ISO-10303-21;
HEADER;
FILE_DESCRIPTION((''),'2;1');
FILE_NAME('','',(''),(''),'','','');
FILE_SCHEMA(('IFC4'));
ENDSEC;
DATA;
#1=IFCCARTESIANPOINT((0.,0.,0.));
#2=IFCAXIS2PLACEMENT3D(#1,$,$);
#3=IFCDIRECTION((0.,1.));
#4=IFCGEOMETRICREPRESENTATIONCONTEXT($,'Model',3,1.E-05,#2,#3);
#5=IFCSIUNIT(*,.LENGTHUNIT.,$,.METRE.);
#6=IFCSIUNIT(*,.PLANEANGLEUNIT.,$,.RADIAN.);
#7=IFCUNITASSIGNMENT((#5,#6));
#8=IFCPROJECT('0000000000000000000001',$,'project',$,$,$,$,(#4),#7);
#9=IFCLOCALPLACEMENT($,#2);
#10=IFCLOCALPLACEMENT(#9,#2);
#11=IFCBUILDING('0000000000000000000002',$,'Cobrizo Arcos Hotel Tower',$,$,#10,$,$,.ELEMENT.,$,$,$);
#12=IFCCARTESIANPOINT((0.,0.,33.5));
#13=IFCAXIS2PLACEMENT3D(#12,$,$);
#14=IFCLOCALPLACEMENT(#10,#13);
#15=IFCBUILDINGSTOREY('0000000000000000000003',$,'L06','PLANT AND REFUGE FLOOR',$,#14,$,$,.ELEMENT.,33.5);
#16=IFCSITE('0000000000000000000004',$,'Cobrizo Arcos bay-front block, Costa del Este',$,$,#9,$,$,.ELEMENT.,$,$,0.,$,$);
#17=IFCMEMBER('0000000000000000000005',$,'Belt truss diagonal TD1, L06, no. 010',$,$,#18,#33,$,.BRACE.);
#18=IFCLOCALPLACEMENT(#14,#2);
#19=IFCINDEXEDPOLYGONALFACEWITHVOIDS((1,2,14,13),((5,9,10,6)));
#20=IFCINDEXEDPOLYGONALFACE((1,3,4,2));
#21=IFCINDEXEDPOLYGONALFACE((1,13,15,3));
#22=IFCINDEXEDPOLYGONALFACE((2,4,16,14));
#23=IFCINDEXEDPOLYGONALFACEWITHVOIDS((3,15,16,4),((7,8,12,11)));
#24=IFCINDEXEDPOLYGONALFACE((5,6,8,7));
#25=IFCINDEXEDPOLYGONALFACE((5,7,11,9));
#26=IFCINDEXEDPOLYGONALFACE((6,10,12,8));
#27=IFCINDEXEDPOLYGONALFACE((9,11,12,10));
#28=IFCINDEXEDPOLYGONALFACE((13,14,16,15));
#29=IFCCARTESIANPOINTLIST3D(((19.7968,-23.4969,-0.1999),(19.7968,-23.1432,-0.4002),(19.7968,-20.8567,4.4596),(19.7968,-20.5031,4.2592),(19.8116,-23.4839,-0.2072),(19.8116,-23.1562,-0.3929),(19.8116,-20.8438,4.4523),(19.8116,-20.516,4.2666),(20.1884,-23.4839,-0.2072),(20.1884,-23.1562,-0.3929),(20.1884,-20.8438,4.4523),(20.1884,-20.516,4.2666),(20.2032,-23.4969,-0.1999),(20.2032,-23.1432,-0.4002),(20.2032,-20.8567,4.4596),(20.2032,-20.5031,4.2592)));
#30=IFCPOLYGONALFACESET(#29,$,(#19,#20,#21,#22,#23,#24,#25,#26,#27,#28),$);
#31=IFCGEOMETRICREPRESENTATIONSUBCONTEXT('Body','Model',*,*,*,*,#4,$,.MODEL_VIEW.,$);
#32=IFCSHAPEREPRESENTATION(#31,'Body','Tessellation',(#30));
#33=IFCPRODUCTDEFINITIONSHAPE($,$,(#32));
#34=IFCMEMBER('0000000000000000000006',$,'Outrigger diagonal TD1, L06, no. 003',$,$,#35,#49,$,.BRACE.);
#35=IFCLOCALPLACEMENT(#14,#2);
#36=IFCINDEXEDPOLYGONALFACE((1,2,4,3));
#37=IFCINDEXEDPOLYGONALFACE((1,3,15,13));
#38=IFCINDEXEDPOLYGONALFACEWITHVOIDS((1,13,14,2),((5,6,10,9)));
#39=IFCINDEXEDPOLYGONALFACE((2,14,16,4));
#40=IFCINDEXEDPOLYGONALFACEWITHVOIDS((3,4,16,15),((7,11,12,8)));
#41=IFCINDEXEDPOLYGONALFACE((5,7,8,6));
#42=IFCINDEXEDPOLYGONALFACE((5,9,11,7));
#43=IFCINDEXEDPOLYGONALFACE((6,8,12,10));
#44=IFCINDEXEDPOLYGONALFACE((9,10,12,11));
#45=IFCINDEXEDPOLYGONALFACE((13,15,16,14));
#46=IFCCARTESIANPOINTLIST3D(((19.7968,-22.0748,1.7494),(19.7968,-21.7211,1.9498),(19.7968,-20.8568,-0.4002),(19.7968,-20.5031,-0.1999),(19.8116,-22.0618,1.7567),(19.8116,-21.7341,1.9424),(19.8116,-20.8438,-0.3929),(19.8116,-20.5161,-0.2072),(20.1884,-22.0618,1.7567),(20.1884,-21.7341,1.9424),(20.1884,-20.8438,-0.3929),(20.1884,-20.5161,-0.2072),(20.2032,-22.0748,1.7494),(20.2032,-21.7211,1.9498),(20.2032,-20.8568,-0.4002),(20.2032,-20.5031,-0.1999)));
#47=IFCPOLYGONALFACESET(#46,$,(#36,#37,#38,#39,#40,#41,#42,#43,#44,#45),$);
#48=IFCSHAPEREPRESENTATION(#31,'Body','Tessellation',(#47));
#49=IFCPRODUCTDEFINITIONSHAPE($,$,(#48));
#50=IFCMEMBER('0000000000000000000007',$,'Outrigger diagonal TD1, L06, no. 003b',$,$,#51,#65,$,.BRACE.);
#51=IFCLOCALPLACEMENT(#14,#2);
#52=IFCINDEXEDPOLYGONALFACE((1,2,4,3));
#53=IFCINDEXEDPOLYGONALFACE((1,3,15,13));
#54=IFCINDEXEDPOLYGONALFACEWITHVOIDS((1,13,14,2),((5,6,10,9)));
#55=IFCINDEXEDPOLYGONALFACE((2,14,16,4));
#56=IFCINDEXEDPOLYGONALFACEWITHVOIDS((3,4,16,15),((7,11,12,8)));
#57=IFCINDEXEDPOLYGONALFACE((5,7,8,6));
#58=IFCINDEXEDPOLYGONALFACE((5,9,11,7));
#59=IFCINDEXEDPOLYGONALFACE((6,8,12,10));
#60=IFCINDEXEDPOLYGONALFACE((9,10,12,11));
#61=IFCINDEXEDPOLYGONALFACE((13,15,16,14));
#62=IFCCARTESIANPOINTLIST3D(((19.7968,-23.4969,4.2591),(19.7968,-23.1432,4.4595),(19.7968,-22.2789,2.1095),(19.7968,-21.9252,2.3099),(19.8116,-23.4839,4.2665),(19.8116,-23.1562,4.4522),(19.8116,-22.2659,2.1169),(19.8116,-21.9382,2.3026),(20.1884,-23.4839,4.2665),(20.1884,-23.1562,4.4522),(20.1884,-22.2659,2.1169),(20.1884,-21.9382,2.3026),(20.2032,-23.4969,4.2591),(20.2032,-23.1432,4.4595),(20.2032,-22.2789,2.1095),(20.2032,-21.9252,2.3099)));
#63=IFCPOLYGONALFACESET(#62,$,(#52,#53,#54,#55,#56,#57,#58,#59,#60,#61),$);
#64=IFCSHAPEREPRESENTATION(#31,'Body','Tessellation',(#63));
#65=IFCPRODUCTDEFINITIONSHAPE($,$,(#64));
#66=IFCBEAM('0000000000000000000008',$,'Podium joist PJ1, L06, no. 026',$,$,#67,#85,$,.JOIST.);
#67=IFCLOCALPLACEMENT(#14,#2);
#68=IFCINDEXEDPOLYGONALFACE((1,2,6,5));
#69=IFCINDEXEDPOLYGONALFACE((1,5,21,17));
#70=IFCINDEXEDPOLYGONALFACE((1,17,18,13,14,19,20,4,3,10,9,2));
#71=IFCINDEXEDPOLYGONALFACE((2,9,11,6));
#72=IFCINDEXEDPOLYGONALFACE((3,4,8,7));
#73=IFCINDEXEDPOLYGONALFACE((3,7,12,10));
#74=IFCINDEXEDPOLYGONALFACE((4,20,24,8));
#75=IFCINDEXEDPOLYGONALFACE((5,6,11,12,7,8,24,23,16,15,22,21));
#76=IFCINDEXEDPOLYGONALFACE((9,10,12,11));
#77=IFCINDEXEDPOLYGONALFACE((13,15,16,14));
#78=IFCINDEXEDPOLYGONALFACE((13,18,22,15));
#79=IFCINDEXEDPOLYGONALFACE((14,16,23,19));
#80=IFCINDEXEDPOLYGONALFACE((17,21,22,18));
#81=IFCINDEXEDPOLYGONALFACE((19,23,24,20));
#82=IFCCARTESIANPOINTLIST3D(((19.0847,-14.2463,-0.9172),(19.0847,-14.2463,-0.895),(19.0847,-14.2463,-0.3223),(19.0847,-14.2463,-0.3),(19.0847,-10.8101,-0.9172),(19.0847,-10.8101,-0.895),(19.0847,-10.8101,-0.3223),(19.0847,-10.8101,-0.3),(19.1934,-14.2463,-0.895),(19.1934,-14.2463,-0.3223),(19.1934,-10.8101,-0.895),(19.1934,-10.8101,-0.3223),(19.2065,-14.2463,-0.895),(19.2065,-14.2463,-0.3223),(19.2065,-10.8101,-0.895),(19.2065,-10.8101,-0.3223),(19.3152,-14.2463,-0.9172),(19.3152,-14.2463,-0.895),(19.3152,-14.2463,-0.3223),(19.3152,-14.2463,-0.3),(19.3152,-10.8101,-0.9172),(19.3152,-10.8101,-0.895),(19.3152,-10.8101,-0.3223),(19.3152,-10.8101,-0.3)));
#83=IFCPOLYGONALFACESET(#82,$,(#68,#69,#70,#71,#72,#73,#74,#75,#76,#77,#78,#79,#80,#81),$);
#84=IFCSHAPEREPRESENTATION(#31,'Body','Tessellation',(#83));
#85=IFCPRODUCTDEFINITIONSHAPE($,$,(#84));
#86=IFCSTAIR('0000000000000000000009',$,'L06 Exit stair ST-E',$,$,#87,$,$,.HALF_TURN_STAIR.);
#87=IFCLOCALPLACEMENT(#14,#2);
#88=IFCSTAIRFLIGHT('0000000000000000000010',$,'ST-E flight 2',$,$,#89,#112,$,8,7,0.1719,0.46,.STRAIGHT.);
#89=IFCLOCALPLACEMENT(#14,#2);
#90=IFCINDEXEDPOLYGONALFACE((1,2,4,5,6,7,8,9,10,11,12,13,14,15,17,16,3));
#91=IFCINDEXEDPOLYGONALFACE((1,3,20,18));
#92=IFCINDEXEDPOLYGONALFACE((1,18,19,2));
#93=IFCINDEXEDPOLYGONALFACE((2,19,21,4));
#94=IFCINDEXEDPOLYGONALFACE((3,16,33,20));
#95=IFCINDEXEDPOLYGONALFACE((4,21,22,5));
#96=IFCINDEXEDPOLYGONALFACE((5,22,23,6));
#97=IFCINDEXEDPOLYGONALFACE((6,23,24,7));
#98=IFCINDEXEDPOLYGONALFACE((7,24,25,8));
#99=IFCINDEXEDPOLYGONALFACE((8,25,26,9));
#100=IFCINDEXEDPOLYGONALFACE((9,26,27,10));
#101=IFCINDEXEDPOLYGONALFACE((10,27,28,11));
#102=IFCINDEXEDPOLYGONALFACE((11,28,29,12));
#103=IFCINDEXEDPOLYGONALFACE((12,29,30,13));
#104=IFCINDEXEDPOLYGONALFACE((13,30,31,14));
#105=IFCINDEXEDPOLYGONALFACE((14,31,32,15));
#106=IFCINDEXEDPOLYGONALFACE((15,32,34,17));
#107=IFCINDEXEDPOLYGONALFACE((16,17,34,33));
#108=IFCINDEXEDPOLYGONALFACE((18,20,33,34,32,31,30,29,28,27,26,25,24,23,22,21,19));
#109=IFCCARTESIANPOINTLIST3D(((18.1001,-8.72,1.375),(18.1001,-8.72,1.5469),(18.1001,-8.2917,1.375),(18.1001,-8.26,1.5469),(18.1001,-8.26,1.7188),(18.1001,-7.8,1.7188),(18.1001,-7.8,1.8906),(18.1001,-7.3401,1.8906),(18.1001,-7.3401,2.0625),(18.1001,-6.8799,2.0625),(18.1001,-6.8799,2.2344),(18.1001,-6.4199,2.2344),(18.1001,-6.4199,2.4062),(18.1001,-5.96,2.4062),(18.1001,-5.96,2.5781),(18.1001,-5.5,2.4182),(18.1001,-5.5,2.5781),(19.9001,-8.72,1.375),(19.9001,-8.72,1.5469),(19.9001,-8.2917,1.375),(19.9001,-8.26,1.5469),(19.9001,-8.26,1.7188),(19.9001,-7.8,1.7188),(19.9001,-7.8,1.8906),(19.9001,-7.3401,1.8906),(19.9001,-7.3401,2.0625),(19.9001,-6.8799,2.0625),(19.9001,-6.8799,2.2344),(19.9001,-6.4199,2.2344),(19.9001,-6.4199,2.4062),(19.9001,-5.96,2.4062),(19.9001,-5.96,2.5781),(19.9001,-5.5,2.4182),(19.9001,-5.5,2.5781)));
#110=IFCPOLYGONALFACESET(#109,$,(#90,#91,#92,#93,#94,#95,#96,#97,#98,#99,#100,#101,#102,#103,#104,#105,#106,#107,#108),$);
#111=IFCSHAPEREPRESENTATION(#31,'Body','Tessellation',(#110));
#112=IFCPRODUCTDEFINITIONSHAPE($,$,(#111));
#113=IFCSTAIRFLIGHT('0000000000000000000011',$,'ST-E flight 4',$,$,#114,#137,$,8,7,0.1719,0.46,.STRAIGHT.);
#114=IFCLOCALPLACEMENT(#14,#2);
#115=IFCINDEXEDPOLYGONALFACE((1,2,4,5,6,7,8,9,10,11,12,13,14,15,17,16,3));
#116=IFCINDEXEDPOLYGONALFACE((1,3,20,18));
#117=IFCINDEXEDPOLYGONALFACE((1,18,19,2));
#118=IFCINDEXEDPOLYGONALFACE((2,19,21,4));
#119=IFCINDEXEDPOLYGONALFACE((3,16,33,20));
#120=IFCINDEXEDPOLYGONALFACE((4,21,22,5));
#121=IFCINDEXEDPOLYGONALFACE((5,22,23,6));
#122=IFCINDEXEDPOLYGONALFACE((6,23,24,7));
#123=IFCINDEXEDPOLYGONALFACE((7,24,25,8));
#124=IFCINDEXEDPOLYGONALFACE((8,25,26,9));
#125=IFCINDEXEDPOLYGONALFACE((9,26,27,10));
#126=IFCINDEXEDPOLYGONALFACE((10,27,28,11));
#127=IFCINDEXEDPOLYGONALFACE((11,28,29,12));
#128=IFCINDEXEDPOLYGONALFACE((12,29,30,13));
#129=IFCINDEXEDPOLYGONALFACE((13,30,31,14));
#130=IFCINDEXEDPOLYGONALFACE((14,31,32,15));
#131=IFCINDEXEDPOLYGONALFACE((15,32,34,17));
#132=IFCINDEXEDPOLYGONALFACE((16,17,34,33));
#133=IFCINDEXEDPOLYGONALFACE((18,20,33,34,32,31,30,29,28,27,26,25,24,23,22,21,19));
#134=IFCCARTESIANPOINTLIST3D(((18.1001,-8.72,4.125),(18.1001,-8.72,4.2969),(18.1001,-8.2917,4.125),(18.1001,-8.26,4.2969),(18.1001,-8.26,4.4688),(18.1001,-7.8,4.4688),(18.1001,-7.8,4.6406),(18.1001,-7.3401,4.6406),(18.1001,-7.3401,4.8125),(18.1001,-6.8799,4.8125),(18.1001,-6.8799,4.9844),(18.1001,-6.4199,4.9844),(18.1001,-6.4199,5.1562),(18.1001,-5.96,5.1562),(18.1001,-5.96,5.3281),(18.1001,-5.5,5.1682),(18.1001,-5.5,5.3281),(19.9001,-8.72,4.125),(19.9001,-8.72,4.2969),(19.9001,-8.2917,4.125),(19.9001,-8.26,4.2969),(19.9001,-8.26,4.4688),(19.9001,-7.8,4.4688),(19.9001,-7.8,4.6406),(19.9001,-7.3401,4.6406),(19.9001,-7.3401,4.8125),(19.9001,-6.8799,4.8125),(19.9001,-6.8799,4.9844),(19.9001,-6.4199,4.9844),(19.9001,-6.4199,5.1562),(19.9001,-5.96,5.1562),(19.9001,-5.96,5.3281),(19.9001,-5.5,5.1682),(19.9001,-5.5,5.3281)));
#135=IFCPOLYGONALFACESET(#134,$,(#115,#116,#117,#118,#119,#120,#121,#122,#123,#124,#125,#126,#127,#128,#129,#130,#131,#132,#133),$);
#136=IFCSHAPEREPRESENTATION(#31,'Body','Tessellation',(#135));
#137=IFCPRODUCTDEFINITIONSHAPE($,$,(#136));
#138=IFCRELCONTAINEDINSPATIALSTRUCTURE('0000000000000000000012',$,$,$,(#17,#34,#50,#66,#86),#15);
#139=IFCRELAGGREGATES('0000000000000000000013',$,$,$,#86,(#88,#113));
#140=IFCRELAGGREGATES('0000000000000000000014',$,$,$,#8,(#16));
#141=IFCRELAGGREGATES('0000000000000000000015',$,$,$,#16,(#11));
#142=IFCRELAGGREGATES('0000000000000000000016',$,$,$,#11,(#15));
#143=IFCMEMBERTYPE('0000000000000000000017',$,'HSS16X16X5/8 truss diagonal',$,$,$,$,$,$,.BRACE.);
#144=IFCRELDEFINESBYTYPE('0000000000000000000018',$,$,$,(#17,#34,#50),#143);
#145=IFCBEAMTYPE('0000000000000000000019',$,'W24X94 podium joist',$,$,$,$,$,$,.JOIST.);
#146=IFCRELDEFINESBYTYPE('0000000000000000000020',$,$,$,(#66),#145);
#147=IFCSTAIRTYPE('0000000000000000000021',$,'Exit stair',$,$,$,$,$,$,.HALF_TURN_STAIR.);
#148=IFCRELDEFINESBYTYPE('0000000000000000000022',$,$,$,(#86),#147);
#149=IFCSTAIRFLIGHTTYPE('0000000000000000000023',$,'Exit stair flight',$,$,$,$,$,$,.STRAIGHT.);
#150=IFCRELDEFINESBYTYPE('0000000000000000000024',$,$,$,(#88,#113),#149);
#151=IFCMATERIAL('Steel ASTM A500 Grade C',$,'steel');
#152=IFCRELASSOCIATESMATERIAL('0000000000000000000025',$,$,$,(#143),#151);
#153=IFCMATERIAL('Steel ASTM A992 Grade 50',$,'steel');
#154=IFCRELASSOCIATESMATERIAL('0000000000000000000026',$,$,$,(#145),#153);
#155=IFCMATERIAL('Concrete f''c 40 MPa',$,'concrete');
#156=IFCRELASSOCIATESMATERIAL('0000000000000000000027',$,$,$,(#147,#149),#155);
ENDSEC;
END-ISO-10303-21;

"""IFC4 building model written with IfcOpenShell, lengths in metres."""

from ifc_helpers import new_model, si_unit, direction, frame, origin, origin_2d, place, context, subcontext, project, spatial, polyline, hollow_rectangle, i_section, outline, extrude, material, material_profile, profile_set, type_object, element, aggregate, save


model = new_model("IFC4")

# Units and contexts
model_context = context("Model", 3, precision=1e-05, world=origin(), true_north=direction((0.0, 1.0)))
body_context = subcontext(model_context, "Body", "Model", "MODEL_VIEW")
ifc_project = project(units=[si_unit("LENGTHUNIT", "METRE"), si_unit("PLANEANGLEUNIT", "RADIAN")], contexts=[model_context])

# Site, building, storey
site_placement = place(None, origin())
site = spatial("IfcSite", under=ifc_project, at=site_placement, Name="Cobrizo Arcos bay-front block, Costa del Este", CompositionType="ELEMENT", RefElevation=0.0)
building_placement = place(site_placement, origin())
building = spatial("IfcBuilding", under=site, at=building_placement, Name="Cobrizo Arcos Hotel Tower", CompositionType="ELEMENT")
storey_placement = place(building_placement, frame((0.0, 0.0, 33.5)))
storey = spatial("IfcBuildingStorey", under=building, at=storey_placement, Name="L06", Description="PLANT AND REFUGE FLOOR", CompositionType="ELEMENT", Elevation=33.5)

# Members
ifc_material_1 = material(Name="Steel ASTM A500 Grade C", Category="steel")
ifc_material_profile_1 = material_profile(ifc_material_1, hollow_rectangle(XDim=0.4065, YDim=0.4065, WallThickness=0.0149, at=origin_2d()), Name="HSS16X16X5/8")
ifc_profile_set_1 = profile_set([ifc_material_profile_1], Name="Steel ASTM A500 Grade C")
member_type = type_object("IfcMemberType", Name="HSS16X16X5/8 truss diagonal", PredefinedType="BRACE", material=ifc_profile_set_1)
member_placement = place(storey_placement, frame((20.0, -23.3201, -0.3), z_axis=(0.0, 0.492984, 0.870038), x_axis=(-1.0, 0.0, 0.0)))
element("IfcMember", 1, at=member_placement, inside=storey, type_object=member_type, Name="Belt truss diagonal TD1, L06, no. 010", PredefinedType="BRACE", context=body_context, shape_type="SweptSolid", body=[
    extrude(hollow_rectangle(XDim=0.4065, YDim=0.4065, WallThickness=0.0149, at=origin_2d()), origin(), (0.0, 0.0, 1.0), 5.3555),
])
for number, where, z_axis, x_axis, name in (
    (2, (20.0, -20.6799, -0.3), (0.0, -0.492975, 0.870043), (1.0, 0.0, 0.0), "Outrigger diagonal TD1, L06, no. 003"),
    (3, (20.0, -22.1021, 2.2097), (0.0, -0.492975, 0.870043), (1.0, 0.0, 0.0), "Outrigger diagonal TD1, L06, no. 003b"),
):
    element("IfcMember", number, at=place(storey_placement, frame(where, z_axis=z_axis, x_axis=x_axis)), inside=storey, type_object=member_type, Name=name, PredefinedType="BRACE", context=body_context, shape_type="SweptSolid", body=[
        extrude(hollow_rectangle(XDim=0.4065, YDim=0.4065, WallThickness=0.0149, at=origin_2d()), origin(), (0.0, 0.0, 1.0), 2.4707),
    ])

# Beam
ifc_material_2 = material(Name="Steel ASTM A992 Grade 50", Category="steel")
ifc_material_profile_2 = material_profile(ifc_material_2, i_section(OverallWidth=0.2305, OverallDepth=0.6172, WebThickness=0.0132, FlangeThickness=0.0222, at=origin_2d()), Name="W24X94")
ifc_profile_set_2 = profile_set([ifc_material_profile_2], Name="Steel ASTM A992 Grade 50")
beam_type = type_object("IfcBeamType", Name="W24X94 podium joist", PredefinedType="JOIST", material=ifc_profile_set_2)
beam_placement = place(storey_placement, frame((19.2, -14.2463, -0.6086), z_axis=(0.0, 1.0, 0.0), x_axis=(-1.0, 0.0, 0.0)))
element("IfcBeam", 4, at=beam_placement, inside=storey, type_object=beam_type, Name="Podium joist PJ1, L06, no. 026", PredefinedType="JOIST", context=body_context, shape_type="SweptSolid", body=[
    extrude(i_section(OverallWidth=0.2305, OverallDepth=0.6172, WebThickness=0.0132, FlangeThickness=0.0222, at=origin_2d()), origin(), (0.0, 0.0, 1.0), 3.4363),
])

# Stair, stair flights
ifc_material_3 = material(Name="Concrete f'c 40 MPa", Category="concrete")
stair_type = type_object("IfcStairType", Name="Exit stair", PredefinedType="HALF_TURN_STAIR", material=ifc_material_3)
stair_placement = place(storey_placement, origin())
stair = element("IfcStair", 5, at=stair_placement, inside=storey, type_object=stair_type, Name="L06 Exit stair ST-E", PredefinedType="HALF_TURN_STAIR")
stair_flight_type = type_object("IfcStairFlightType", Name="Exit stair flight", PredefinedType="STRAIGHT", material=ifc_material_3)
stair_flight_1_placement = place(storey_placement, frame((19.0, -8.72, 1.375), z_axis=(0.0, 0.0, 1.0), x_axis=(0.0, 1.0, 0.0)))
stair_flight_1 = element("IfcStairFlight", 6, at=stair_flight_1_placement, type_object=stair_flight_type, Name="ST-E flight 2", NumberOfRisers=8, NumberOfTreads=7, PredefinedType="STRAIGHT", RiserHeight=0.1719, TreadLength=0.46, context=body_context, shape_type="SweptSolid", body=[
    extrude(outline(polyline([(0.0, 0.0), (0.0, 0.1719), (0.46, 0.1719), (0.46, 0.3438), (0.9199, 0.3438), (0.9199, 0.5156), (1.3799, 0.5156), (1.3799, 0.6875), (1.8401, 0.6875), (1.8401, 0.8594), (2.3, 0.8594), (2.3, 1.0312), (2.76, 1.0312), (2.76, 1.2031), (3.22, 1.2031), (3.22, 1.375), (3.22, 1.0432), (0.4282, 0.0), (0.0, 0.0)])), frame((0.0, 0.8999, 0.0), z_axis=(0.0, -1.0, 0.0), x_axis=(1.0, 0.0, 0.0)), (0.0, 0.0, 1.0), 1.8),
])
stair_flight_2_placement = place(storey_placement, frame((19.0, -8.72, 4.125), z_axis=(0.0, 0.0, 1.0), x_axis=(0.0, 1.0, 0.0)))
stair_flight_2 = element("IfcStairFlight", 7, at=stair_flight_2_placement, type_object=stair_flight_type, Name="ST-E flight 4", NumberOfRisers=8, NumberOfTreads=7, PredefinedType="STRAIGHT", RiserHeight=0.1719, TreadLength=0.46, context=body_context, shape_type="SweptSolid", body=[
    extrude(outline(polyline([(0.0, 0.0), (0.0, 0.1719), (0.46, 0.1719), (0.46, 0.3438), (0.9199, 0.3438), (0.9199, 0.5156), (1.3799, 0.5156), (1.3799, 0.6875), (1.8401, 0.6875), (1.8401, 0.8594), (2.3, 0.8594), (2.3, 1.0312), (2.76, 1.0312), (2.76, 1.2031), (3.22, 1.2031), (3.22, 1.375), (3.22, 1.0432), (0.4282, 0.0), (0.0, 0.0)])), frame((0.0, 0.8999, 0.0), z_axis=(0.0, -1.0, 0.0), x_axis=(1.0, 0.0, 0.0)), (0.0, 0.0, 1.0), 1.8),
])
aggregate(stair, [stair_flight_1, stair_flight_2])

save(model, "model.ifc")
